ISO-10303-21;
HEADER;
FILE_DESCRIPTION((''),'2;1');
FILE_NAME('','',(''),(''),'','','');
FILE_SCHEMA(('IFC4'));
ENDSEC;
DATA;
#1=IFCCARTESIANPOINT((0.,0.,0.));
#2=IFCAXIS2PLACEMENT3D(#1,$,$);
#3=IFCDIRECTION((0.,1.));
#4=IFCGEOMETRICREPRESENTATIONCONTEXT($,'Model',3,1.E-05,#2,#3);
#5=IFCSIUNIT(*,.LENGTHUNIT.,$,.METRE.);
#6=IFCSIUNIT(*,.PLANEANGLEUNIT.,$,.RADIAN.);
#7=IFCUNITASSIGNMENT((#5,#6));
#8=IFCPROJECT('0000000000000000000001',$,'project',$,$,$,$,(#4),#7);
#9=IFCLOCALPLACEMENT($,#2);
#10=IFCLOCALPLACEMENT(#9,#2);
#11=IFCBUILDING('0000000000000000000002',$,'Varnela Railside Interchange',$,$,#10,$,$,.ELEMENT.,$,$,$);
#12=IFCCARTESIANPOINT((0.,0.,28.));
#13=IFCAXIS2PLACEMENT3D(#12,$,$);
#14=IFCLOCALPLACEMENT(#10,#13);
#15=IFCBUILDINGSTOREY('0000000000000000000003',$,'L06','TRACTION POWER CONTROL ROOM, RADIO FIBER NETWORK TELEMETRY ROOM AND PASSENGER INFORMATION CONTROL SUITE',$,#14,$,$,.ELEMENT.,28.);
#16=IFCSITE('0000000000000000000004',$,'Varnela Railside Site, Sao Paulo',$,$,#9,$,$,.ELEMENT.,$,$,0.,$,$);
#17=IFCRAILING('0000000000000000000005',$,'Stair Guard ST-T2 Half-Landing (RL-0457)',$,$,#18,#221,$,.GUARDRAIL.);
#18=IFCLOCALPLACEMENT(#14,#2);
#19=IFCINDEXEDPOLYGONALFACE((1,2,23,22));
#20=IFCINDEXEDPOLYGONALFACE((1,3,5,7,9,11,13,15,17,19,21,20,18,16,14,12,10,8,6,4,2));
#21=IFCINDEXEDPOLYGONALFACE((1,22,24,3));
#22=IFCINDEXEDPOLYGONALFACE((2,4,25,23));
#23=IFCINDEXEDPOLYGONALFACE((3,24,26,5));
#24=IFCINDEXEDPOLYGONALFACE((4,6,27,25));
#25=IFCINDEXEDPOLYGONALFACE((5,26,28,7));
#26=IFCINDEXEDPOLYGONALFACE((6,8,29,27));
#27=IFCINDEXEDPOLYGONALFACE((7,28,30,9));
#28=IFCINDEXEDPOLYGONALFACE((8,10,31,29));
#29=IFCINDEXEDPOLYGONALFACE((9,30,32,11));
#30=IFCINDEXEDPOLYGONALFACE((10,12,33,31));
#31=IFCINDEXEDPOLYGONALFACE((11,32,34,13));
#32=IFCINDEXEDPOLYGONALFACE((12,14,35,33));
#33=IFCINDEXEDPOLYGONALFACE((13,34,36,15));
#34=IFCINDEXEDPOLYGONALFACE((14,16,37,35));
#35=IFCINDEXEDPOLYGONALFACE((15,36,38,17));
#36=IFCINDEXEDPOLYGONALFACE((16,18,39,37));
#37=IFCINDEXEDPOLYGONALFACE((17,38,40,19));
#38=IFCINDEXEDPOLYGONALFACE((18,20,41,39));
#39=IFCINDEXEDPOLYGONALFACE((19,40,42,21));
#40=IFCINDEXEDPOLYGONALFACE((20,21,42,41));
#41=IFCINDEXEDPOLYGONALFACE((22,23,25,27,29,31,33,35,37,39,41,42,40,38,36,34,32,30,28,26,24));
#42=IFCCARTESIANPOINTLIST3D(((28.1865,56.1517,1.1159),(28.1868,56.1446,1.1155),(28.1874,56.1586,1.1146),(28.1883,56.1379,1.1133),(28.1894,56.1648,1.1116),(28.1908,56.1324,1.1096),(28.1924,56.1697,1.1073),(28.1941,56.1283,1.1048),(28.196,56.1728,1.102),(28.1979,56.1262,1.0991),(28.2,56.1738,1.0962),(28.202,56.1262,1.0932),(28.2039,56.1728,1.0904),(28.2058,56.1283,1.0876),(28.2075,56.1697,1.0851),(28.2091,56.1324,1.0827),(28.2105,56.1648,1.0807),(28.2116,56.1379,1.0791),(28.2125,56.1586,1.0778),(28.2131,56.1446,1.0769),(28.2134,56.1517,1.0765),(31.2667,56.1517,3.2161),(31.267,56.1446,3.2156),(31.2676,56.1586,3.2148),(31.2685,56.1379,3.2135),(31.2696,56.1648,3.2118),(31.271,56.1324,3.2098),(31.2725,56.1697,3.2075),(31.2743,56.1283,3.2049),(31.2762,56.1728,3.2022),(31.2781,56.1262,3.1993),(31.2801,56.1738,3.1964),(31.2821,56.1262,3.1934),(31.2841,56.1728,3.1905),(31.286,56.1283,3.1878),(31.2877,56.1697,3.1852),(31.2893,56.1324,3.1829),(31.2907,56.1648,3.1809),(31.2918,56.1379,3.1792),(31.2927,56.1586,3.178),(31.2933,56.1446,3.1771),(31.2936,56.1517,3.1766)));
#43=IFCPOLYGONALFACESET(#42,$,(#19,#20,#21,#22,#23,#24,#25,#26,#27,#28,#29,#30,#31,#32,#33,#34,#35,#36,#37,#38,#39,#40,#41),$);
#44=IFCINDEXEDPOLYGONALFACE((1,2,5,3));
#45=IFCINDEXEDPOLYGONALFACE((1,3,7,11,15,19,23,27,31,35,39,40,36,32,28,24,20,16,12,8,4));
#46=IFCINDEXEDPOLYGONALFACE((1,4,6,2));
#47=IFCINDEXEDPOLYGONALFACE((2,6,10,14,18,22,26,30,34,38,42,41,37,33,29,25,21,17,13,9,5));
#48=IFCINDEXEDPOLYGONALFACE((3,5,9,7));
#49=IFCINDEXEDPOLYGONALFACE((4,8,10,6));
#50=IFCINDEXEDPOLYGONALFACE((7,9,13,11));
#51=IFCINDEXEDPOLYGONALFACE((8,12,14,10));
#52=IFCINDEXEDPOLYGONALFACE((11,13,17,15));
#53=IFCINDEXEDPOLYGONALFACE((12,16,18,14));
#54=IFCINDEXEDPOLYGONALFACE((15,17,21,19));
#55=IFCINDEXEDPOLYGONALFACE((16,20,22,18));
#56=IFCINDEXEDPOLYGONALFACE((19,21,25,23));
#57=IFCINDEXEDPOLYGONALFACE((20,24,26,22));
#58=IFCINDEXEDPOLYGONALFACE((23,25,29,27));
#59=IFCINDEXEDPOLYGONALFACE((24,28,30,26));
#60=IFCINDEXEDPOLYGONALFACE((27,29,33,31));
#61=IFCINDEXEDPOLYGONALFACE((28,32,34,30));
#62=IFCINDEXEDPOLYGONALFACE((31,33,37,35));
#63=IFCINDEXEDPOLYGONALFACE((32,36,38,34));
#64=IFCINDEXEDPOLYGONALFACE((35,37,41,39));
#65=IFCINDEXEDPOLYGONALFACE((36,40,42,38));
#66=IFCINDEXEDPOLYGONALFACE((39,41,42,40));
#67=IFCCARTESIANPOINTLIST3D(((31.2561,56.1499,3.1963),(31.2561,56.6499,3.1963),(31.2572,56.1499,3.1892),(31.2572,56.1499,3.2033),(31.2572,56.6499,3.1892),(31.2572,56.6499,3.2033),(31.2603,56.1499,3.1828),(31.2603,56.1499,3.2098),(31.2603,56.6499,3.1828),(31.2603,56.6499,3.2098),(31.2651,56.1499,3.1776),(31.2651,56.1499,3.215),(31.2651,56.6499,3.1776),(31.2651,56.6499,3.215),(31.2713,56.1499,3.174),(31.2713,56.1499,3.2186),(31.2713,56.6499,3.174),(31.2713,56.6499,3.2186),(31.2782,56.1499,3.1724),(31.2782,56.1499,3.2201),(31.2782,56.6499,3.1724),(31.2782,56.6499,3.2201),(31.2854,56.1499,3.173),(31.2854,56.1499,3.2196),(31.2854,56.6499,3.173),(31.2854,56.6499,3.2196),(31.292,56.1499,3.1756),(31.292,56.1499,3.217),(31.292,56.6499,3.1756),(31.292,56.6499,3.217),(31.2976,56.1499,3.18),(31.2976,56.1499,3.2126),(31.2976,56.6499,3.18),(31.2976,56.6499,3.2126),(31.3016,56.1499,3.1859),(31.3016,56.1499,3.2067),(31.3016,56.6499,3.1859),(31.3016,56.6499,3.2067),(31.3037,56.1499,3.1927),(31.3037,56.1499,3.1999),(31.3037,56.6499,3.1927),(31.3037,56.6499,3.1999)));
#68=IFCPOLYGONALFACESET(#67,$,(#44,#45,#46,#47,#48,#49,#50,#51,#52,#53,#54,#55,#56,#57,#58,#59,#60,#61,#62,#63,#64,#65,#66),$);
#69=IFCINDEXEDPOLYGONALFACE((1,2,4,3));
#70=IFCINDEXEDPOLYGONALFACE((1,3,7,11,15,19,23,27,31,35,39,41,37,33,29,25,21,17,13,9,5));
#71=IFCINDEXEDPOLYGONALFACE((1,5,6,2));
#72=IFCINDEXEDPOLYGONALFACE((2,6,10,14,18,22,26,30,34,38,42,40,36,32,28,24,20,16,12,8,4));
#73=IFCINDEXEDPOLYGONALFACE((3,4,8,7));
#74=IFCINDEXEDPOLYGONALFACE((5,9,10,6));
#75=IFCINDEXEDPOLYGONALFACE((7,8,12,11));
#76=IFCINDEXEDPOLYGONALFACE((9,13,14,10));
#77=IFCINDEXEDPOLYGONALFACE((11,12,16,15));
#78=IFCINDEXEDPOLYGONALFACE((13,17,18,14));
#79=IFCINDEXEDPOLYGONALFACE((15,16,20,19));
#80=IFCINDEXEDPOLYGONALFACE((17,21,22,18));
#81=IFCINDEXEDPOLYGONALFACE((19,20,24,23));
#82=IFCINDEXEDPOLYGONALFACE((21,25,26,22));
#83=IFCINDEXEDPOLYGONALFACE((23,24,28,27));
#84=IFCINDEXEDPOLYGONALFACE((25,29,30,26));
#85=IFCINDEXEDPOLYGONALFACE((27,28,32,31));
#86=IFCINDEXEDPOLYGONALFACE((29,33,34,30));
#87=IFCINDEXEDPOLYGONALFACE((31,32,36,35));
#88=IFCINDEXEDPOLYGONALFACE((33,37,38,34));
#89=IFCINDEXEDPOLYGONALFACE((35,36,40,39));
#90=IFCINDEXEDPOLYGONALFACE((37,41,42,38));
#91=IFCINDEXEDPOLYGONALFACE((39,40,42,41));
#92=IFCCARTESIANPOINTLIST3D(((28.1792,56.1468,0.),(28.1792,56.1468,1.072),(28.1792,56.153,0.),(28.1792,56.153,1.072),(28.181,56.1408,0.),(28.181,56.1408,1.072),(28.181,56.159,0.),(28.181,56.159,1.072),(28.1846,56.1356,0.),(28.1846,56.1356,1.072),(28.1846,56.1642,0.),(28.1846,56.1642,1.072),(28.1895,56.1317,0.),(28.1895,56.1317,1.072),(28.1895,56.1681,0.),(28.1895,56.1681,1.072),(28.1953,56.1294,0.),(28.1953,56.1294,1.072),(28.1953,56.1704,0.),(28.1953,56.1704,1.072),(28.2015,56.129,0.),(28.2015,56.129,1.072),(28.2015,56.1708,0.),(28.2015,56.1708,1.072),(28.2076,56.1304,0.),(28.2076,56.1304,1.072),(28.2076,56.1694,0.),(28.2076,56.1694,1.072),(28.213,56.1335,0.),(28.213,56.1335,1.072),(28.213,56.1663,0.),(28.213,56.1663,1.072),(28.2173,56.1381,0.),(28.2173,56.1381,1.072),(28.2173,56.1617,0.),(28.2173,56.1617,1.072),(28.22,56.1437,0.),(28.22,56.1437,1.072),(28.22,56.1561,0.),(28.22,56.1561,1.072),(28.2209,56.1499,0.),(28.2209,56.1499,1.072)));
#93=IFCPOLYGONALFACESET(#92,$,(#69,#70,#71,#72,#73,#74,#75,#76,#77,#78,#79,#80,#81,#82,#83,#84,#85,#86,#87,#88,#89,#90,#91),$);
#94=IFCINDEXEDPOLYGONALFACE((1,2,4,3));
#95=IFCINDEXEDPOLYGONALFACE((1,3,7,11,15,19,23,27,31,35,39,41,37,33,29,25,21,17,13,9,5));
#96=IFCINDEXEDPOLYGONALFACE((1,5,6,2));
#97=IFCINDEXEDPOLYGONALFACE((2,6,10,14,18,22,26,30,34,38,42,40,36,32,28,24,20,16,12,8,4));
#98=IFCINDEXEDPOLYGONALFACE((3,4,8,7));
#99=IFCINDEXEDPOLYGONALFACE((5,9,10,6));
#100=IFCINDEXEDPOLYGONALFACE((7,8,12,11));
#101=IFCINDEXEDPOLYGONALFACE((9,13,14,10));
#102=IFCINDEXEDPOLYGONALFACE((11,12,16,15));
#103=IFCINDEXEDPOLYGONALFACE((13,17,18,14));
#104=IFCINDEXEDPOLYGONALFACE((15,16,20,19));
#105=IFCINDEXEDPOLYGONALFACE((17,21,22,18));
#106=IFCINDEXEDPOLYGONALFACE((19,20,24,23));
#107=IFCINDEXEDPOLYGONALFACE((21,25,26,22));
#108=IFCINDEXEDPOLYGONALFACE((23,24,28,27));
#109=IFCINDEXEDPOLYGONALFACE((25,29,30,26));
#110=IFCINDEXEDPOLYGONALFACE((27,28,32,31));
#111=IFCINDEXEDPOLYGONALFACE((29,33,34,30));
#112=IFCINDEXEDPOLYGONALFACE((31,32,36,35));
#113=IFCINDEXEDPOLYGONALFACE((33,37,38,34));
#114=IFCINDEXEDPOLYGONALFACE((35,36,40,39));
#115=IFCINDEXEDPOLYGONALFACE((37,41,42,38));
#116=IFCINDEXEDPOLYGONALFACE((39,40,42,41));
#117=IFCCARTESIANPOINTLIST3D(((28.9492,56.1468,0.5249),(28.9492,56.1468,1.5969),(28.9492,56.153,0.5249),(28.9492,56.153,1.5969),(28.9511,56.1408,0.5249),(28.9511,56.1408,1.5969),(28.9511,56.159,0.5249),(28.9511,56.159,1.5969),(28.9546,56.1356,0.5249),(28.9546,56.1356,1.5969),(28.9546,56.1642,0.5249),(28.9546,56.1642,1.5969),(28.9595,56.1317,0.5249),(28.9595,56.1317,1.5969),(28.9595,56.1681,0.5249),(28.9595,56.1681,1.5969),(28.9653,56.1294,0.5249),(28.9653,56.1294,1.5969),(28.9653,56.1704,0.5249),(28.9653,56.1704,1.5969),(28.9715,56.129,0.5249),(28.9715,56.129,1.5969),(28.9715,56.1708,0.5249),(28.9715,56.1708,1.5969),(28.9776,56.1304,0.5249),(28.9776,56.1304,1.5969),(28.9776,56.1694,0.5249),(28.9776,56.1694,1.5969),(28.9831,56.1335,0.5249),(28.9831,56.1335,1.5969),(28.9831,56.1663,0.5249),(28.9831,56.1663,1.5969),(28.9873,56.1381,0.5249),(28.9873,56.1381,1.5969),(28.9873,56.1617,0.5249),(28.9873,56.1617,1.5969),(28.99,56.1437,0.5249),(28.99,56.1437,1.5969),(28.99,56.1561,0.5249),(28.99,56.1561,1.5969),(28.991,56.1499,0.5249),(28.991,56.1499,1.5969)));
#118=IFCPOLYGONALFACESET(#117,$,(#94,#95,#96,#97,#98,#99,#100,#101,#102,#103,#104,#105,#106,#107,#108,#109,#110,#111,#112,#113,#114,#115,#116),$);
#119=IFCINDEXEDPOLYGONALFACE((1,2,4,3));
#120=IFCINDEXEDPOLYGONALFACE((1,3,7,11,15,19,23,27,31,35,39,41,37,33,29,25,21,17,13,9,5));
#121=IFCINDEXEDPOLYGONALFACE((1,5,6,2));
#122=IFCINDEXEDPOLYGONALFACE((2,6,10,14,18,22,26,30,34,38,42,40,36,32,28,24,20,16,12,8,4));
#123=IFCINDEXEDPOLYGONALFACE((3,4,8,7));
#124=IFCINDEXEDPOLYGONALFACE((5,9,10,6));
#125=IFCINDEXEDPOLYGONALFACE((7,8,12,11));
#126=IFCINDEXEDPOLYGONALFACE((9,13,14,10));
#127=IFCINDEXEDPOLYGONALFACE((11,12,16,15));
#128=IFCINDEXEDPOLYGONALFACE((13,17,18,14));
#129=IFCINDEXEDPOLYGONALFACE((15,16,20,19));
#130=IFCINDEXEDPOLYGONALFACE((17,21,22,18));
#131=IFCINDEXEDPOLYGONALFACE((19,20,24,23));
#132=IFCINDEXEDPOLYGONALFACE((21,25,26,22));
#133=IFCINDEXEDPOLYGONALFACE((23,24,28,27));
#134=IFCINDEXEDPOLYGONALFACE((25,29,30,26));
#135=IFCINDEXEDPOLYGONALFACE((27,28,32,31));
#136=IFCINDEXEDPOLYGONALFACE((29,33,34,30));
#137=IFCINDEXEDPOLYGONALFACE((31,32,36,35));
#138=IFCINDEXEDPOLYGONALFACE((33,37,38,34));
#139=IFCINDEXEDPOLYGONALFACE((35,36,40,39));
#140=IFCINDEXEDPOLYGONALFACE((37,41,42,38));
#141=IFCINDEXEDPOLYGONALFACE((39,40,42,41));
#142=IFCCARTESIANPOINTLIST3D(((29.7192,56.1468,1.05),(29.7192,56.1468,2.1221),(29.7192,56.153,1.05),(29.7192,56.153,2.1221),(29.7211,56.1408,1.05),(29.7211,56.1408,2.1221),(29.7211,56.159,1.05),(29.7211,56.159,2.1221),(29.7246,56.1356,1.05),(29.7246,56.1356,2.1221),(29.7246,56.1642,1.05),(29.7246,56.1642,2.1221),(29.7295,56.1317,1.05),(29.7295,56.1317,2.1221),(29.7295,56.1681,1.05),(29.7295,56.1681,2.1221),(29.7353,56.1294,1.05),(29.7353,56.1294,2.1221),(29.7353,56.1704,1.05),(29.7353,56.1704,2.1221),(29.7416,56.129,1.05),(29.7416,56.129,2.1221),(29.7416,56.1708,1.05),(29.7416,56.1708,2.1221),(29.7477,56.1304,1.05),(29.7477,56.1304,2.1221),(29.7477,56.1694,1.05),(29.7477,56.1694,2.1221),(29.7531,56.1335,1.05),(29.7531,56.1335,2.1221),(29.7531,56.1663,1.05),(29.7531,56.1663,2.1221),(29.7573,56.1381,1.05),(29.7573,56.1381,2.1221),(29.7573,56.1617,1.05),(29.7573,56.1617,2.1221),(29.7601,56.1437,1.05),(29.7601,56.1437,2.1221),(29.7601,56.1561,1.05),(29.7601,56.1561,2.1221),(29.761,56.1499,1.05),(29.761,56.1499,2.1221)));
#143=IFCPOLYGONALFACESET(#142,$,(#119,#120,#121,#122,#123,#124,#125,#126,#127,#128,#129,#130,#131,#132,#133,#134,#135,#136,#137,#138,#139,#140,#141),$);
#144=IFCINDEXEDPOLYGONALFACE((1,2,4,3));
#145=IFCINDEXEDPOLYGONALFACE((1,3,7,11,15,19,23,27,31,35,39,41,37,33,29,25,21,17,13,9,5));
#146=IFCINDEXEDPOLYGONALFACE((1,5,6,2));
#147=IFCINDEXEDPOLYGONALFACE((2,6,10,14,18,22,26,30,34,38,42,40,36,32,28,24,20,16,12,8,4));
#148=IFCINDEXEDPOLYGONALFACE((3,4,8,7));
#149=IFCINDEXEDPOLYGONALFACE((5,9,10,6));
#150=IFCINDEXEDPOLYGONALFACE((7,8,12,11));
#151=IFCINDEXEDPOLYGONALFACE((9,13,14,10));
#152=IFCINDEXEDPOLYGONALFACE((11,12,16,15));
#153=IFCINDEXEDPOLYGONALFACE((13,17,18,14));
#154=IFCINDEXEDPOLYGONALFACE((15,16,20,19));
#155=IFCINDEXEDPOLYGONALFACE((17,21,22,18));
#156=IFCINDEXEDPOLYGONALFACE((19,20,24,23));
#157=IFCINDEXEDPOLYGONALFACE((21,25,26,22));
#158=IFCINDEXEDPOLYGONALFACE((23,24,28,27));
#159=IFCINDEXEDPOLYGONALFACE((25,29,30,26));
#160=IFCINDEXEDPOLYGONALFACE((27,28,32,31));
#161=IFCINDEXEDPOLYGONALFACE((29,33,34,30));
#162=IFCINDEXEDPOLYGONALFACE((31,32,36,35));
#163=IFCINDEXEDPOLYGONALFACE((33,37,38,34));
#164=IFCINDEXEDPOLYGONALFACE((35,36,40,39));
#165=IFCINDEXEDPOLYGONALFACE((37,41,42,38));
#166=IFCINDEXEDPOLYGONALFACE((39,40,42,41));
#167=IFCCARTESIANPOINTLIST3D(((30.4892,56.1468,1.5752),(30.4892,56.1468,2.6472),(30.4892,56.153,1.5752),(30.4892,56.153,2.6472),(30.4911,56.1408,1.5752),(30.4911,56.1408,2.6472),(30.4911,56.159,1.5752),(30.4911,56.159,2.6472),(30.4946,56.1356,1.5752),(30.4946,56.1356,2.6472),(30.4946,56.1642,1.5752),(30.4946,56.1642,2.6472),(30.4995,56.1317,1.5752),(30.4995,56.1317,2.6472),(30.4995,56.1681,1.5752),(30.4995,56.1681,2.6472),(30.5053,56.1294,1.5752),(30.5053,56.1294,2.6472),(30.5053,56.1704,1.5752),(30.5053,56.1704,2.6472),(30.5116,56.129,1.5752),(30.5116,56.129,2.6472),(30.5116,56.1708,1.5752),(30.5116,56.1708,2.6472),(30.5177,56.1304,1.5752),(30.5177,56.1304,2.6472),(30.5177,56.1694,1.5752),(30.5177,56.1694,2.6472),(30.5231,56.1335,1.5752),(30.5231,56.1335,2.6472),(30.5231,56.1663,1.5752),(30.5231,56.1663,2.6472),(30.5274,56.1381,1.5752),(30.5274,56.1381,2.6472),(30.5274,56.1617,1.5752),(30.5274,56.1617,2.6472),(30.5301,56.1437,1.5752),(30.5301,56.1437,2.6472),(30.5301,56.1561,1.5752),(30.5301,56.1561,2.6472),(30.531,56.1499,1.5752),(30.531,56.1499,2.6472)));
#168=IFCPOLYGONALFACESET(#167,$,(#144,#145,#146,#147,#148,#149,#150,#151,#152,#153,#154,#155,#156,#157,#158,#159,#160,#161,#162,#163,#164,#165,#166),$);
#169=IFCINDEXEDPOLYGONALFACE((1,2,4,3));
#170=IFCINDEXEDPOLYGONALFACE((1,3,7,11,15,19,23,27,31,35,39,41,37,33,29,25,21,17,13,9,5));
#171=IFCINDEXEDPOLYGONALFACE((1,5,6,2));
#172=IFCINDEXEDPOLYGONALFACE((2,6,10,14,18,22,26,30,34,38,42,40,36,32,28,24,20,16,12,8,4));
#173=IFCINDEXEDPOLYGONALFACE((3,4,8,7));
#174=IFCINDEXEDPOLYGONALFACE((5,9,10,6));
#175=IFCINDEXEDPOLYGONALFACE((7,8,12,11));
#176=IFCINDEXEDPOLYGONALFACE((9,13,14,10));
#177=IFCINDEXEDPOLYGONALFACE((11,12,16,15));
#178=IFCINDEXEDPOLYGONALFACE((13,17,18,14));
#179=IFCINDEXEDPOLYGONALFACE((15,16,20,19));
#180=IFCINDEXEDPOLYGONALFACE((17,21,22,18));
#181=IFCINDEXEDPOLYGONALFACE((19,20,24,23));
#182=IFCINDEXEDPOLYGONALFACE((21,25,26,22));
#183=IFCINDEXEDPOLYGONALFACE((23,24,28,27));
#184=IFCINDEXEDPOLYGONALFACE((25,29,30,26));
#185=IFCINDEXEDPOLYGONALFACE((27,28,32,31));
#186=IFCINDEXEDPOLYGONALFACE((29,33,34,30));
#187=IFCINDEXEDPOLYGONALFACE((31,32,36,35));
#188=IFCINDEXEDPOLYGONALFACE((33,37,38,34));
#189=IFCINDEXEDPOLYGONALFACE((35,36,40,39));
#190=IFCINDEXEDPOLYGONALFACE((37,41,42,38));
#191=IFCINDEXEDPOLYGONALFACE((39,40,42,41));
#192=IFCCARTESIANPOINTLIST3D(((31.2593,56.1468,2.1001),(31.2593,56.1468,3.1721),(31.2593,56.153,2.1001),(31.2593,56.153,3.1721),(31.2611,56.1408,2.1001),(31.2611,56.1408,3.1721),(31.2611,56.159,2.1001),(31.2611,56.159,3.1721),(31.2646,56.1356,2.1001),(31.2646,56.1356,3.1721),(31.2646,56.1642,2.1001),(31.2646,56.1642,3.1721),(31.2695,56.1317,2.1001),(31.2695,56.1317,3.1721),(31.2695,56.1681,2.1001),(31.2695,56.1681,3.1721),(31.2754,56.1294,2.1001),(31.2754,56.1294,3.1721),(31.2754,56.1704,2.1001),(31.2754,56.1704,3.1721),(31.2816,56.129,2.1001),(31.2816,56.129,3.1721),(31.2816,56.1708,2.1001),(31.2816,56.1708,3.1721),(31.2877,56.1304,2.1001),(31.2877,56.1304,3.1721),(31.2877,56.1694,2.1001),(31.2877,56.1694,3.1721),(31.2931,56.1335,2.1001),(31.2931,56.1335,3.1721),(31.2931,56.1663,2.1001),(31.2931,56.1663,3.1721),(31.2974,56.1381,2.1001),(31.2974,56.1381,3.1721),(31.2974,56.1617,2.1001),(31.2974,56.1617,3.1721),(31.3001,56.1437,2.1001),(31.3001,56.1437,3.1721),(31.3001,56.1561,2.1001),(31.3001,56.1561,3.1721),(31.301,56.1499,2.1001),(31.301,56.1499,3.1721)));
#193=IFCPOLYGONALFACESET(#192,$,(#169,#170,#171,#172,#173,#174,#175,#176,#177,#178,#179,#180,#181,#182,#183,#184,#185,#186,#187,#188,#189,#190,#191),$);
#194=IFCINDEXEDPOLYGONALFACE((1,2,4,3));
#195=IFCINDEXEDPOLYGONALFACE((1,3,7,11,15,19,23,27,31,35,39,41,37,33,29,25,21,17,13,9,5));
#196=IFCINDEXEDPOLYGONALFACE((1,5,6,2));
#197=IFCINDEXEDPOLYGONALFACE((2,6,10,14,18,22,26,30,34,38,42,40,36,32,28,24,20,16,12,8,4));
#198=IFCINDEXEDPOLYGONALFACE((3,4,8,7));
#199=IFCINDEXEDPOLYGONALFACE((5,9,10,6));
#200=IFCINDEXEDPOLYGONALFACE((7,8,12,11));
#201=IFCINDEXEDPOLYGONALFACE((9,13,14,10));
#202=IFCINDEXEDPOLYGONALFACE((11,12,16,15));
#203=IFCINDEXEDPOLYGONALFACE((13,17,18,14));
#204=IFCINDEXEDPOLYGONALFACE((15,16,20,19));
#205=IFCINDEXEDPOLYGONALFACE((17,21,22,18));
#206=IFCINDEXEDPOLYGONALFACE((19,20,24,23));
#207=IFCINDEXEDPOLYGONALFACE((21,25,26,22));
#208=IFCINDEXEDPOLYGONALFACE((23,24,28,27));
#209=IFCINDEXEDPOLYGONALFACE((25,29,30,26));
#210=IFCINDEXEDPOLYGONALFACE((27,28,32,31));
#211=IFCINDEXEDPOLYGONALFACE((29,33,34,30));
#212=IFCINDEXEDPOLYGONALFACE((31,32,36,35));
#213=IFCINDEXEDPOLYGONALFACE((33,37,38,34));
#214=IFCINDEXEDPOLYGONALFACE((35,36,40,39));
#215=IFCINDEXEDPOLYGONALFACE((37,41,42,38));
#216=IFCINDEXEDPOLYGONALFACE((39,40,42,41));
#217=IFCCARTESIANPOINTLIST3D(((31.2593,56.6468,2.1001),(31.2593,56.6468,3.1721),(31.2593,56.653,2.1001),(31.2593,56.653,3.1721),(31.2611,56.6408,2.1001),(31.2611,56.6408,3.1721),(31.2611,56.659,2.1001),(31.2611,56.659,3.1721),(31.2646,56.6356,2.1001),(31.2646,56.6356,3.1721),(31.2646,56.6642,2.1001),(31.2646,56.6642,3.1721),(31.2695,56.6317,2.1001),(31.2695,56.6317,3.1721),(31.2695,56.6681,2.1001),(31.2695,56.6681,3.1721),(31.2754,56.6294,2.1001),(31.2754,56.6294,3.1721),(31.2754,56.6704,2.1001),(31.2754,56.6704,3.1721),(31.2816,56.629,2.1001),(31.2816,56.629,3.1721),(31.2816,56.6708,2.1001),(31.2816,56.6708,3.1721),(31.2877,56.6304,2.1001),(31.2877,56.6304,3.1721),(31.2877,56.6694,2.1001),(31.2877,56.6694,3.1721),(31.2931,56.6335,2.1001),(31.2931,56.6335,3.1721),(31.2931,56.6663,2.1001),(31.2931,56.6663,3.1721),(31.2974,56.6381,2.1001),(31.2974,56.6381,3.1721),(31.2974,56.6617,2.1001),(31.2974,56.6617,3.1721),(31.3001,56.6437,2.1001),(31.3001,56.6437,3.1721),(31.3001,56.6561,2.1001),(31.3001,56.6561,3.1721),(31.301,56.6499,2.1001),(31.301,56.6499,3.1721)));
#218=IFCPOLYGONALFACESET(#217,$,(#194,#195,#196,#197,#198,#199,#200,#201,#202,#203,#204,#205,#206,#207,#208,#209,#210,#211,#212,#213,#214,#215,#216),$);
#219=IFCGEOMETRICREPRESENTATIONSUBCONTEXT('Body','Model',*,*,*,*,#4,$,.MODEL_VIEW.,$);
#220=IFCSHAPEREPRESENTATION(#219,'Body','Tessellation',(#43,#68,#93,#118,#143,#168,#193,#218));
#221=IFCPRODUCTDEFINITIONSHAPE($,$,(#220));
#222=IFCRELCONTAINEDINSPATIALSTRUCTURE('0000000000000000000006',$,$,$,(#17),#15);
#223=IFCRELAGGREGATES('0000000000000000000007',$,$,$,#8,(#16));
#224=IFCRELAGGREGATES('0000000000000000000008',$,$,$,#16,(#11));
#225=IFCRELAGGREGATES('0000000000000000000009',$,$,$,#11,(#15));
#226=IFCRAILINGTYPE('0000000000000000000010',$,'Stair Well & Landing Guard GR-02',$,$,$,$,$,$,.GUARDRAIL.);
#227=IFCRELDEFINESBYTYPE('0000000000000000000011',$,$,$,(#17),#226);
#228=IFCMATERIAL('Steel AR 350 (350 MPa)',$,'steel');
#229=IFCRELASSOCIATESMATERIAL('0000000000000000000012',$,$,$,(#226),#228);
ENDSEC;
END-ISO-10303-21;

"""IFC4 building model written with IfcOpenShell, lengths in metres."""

from ifc_helpers import new_model, si_unit, direction, frame, origin, origin_2d, place, context, subcontext, project, spatial, circle, extrude, material, type_object, element, save


model = new_model("IFC4")

# Units and contexts
model_context = context("Model", 3, precision=1e-05, world=origin(), true_north=direction((0.0, 1.0)))
body_context = subcontext(model_context, "Body", "Model", "MODEL_VIEW")
ifc_project = project(units=[si_unit("LENGTHUNIT", "METRE"), si_unit("PLANEANGLEUNIT", "RADIAN")], contexts=[model_context])

# Site, building, storey
site_placement = place(None, origin())
site = spatial("IfcSite", under=ifc_project, at=site_placement, Name="Varnela Railside Site, Sao Paulo", CompositionType="ELEMENT", RefElevation=0.0)
building_placement = place(site_placement, origin())
building = spatial("IfcBuilding", under=site, at=building_placement, Name="Varnela Railside Interchange", CompositionType="ELEMENT")
storey_placement = place(building_placement, frame((0.0, 0.0, 28.0)))
storey = spatial("IfcBuildingStorey", under=building, at=storey_placement, Name="L06", Description="TRACTION POWER CONTROL ROOM, RADIO FIBER NETWORK TELEMETRY ROOM AND PASSENGER INFORMATION CONTROL SUITE", CompositionType="ELEMENT", Elevation=28.0)

# Shared definitions
ifc_material_1 = material(Name="Steel AR 350 (350 MPa)", Category="steel")

# Railing
railing_type_1 = type_object("IfcRailingType", Name="Stair Well & Landing Guard GR-02", PredefinedType="GUARDRAIL", material=ifc_material_1)
railing_1_placement = place(storey_placement, frame((28.2, 56.1499, 0.0)))
element("IfcRailing", 1, at=railing_1_placement, inside=storey, type_object=railing_type_1, Name="Stair Guard ST-T2 Half-Landing (RL-0457)", PredefinedType="GUARDRAIL", context=body_context, shape_type="SweptSolid", body=[
    extrude(circle(Radius=0.0239, at=origin_2d()), frame((0.0, 0.0, 1.0962), z_axis=(0.826222, 0.0, 0.563345), x_axis=(0.0, 1.0, 0.0)), (0.0, 0.0, 1.0), 3.728),
    extrude(circle(Radius=0.0239, at=origin_2d()), frame((3.0801, 0.0, 3.1963), z_axis=(0.0, 1.0, 0.0), x_axis=(-1.0, 0.0, 0.0)), (0.0, 0.0, 1.0), 0.5),
    extrude(circle(Radius=0.021, at=origin_2d()), origin(), (0.0, 0.0, 1.0), 1.072),
    extrude(circle(Radius=0.021, at=origin_2d()), frame((0.77, 0.0, 0.5249)), (0.0, 0.0, 1.0), 1.072),
    extrude(circle(Radius=0.021, at=origin_2d()), frame((1.54, 0.0, 1.05)), (0.0, 0.0, 1.0), 1.072),
    extrude(circle(Radius=0.021, at=origin_2d()), frame((2.3101, 0.0, 1.5752)), (0.0, 0.0, 1.0), 1.072),
    extrude(circle(Radius=0.021, at=origin_2d()), frame((3.0801, 0.0, 2.1001)), (0.0, 0.0, 1.0), 1.072),
    extrude(circle(Radius=0.021, at=origin_2d()), frame((3.0801, 0.5, 2.1001)), (0.0, 0.0, 1.0), 1.072),
])

save(model, "model.ifc")
